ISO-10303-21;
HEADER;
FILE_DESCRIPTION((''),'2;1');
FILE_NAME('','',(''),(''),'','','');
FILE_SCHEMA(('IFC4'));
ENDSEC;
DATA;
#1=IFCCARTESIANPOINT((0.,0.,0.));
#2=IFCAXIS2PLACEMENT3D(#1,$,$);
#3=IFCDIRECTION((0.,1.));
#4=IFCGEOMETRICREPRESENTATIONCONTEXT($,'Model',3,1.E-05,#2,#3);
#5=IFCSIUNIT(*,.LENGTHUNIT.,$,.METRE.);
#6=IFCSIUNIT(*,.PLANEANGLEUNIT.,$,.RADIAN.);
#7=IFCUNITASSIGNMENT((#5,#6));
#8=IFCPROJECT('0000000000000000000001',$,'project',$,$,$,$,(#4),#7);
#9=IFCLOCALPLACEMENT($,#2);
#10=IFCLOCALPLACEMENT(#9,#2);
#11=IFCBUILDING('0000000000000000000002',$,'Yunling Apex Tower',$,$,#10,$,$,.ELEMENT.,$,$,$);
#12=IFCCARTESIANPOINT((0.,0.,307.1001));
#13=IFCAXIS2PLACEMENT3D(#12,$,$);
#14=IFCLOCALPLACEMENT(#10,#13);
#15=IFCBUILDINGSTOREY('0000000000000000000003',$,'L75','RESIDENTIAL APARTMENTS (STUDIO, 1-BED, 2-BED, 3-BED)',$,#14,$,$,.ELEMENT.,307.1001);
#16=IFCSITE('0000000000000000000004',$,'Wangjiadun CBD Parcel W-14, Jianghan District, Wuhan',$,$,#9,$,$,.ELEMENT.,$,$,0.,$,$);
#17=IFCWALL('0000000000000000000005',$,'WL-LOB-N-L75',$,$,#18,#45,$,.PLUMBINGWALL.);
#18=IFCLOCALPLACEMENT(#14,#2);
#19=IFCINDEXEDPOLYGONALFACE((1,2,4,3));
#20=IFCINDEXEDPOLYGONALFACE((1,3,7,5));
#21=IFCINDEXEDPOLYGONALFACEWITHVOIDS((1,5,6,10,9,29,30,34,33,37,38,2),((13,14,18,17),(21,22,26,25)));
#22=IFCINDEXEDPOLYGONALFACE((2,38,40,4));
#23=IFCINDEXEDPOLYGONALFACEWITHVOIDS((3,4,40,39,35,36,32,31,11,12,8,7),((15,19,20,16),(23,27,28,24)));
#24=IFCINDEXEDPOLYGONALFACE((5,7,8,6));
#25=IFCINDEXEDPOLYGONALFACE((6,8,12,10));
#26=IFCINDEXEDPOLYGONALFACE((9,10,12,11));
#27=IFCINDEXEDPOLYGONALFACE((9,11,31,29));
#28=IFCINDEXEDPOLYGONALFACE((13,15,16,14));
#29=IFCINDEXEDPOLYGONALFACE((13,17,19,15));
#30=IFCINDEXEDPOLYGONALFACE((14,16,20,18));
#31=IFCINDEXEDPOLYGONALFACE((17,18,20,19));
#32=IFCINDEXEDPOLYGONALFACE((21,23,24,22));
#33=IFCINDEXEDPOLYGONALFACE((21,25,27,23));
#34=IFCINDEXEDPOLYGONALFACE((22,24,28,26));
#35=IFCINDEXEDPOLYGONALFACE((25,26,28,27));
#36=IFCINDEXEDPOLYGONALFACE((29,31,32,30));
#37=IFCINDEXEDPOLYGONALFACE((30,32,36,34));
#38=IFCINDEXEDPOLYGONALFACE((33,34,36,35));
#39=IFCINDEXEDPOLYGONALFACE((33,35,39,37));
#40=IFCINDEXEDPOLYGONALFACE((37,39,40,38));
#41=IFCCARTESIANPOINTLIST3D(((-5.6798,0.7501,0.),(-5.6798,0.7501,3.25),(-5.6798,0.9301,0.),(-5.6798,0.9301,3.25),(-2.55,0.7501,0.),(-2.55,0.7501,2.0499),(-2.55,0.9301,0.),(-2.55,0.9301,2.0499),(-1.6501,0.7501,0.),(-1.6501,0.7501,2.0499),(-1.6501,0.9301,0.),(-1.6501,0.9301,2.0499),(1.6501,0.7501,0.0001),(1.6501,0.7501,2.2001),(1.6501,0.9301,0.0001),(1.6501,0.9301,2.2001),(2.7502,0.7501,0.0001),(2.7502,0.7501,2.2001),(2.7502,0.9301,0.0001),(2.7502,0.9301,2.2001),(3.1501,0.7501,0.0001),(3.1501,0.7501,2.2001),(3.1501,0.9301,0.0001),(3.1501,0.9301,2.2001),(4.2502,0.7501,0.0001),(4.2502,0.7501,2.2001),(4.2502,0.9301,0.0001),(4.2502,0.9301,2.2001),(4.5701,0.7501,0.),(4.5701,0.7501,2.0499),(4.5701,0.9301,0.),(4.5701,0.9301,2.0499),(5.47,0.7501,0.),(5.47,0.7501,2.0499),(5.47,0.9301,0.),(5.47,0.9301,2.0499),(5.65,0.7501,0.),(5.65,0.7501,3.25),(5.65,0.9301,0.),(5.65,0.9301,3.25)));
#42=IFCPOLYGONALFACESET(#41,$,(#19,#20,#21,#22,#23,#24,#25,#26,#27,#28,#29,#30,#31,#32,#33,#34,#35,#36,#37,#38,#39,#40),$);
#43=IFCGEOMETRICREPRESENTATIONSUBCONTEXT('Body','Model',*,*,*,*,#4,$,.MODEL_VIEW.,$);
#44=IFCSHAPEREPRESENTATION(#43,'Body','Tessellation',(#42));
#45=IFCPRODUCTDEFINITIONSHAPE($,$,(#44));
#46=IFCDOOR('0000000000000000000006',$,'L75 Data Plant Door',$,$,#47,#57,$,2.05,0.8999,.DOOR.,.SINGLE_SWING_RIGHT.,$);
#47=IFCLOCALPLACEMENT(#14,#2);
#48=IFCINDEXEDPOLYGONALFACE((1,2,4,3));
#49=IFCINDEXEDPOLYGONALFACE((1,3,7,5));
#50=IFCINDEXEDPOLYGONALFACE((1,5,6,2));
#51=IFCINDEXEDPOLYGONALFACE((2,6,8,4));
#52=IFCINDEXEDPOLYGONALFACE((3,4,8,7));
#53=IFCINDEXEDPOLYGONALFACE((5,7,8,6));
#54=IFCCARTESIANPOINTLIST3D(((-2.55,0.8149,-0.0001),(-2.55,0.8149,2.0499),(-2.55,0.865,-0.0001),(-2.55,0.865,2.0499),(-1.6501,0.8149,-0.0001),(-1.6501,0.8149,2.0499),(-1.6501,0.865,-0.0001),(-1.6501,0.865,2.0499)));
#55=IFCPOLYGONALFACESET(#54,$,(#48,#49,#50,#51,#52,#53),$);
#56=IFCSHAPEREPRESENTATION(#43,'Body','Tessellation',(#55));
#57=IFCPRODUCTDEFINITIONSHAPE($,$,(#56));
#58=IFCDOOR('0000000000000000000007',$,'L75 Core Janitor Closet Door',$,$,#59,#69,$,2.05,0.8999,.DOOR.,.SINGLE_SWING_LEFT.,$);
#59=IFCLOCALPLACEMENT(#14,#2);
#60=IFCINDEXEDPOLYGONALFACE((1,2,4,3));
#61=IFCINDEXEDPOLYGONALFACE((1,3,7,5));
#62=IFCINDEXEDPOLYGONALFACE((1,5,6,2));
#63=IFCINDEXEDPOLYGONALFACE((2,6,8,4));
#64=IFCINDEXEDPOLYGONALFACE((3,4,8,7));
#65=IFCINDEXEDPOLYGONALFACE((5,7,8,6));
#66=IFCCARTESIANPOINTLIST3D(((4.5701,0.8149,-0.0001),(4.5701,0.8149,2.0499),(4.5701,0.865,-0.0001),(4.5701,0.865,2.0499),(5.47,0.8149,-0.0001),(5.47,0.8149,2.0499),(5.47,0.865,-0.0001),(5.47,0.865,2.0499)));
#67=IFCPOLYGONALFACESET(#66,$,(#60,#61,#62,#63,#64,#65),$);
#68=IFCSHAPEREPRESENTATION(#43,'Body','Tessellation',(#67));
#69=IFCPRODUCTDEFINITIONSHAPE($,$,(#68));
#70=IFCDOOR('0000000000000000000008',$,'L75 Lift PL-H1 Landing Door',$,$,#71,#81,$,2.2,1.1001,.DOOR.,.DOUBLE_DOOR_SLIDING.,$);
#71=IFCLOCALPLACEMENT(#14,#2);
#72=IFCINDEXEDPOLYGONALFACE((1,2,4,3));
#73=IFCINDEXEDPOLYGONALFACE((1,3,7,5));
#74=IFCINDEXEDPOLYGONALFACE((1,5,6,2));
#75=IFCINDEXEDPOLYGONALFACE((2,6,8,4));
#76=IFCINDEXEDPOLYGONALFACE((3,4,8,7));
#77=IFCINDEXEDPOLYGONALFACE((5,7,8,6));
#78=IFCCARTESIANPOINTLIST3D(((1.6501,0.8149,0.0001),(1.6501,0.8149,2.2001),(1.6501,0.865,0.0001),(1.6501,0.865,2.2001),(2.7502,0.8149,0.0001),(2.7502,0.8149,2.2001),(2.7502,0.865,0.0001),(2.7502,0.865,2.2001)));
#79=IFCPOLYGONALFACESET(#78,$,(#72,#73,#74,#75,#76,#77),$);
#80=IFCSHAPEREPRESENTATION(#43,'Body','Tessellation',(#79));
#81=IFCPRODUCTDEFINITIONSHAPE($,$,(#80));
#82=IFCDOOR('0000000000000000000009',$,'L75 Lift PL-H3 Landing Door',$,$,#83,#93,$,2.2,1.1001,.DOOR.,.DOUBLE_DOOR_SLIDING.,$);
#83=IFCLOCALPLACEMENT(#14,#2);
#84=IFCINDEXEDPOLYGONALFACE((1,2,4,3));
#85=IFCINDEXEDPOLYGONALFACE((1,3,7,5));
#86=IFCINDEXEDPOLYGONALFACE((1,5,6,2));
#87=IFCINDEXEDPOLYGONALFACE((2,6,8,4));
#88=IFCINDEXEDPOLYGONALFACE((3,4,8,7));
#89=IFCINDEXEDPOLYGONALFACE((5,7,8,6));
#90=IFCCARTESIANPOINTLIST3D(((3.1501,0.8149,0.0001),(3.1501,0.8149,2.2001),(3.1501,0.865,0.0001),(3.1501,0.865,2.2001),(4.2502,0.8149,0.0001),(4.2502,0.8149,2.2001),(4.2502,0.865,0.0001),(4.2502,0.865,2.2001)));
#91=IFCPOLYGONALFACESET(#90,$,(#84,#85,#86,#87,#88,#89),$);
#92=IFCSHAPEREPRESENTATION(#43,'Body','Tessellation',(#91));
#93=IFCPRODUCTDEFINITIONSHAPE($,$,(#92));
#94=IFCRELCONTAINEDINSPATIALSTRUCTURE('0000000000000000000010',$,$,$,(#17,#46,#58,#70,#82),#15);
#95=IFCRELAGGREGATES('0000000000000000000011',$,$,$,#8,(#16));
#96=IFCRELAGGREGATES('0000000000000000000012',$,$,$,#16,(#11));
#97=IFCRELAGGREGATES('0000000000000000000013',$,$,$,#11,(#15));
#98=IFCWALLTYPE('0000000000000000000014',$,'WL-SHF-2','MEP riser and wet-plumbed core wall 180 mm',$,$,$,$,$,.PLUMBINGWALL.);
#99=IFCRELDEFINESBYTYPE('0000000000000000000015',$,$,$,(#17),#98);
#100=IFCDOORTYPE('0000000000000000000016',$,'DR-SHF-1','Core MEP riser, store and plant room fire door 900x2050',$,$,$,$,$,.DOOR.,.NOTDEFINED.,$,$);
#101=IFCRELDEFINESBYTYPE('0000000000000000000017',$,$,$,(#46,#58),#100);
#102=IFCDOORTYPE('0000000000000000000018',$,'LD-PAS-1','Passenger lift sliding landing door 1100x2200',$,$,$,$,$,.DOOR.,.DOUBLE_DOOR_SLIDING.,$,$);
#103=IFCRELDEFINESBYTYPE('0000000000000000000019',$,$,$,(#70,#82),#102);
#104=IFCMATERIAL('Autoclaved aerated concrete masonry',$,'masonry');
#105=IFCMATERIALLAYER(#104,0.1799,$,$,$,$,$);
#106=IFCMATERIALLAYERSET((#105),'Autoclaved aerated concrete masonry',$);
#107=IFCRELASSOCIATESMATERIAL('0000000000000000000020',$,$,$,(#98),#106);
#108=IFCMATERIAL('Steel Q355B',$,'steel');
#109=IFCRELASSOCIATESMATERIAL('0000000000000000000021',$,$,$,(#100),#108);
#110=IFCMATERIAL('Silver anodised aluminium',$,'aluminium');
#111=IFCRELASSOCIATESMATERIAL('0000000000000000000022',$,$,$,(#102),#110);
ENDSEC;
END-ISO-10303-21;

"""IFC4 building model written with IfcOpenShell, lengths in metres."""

from ifc_helpers import new_model, si_unit, direction, frame, frame_2d, origin, place, context, subcontext, project, spatial, rectangle, extrude, material, layer, layer_set, type_object, element, fill, save


model = new_model("IFC4")

# Units and contexts
model_context = context("Model", 3, precision=1e-05, world=origin(), true_north=direction((0.0, 1.0)))
body_context = subcontext(model_context, "Body", "Model", "MODEL_VIEW")
ifc_project = project(units=[si_unit("LENGTHUNIT", "METRE"), si_unit("PLANEANGLEUNIT", "RADIAN")], contexts=[model_context])

# Site, building, storey
site_placement = place(None, origin())
site = spatial("IfcSite", under=ifc_project, at=site_placement, Name="Wangjiadun CBD Parcel W-14, Jianghan District, Wuhan", CompositionType="ELEMENT", RefElevation=0.0)
building_placement = place(site_placement, origin())
building = spatial("IfcBuilding", under=site, at=building_placement, Name="Yunling Apex Tower", CompositionType="ELEMENT")
storey_placement = place(building_placement, frame((0.0, 0.0, 307.1001)))
storey = spatial("IfcBuildingStorey", under=building, at=storey_placement, Name="L75", Description="RESIDENTIAL APARTMENTS (STUDIO, 1-BED, 2-BED, 3-BED)", CompositionType="ELEMENT", Elevation=307.1001)

# Shared definitions
ifc_material_1 = material(Name="Steel Q355B", Category="steel")

# Wall, openings, doors
ifc_material_2 = material(Name="Autoclaved aerated concrete masonry", Category="masonry")
ifc_layer_1 = layer(ifc_material_2, 0.1799)
ifc_layer_set_1 = layer_set([ifc_layer_1], Name="Autoclaved aerated concrete masonry")
wall_type_1 = type_object("IfcWallType", Name="WL-SHF-2", Description="MEP riser and wet-plumbed core wall 180 mm", PredefinedType="PLUMBINGWALL", material=ifc_layer_set_1)
wall_1_placement = place(storey_placement, frame((-5.6799, 0.8401, 0.0), z_axis=(0.0, 0.0, 1.0), x_axis=(1.0, 0.0, 0.0)))
wall_1 = element("IfcWall", 1, at=wall_1_placement, inside=storey, type_object=wall_type_1, Name="WL-LOB-N-L75", PredefinedType="PLUMBINGWALL", context=body_context, shape_type="SweptSolid", body=[
    extrude(rectangle(XDim=11.3298, YDim=0.1799, at=frame_2d((5.665, 0.0))), origin(), (0.0, 0.0, 1.0), 3.25),
])
opening_1_placement = place(wall_1_placement, frame((3.1299, 0.0, 0.0)))
opening_1 = element("IfcOpeningElement", 2, at=opening_1_placement, cuts=wall_1, PredefinedType="OPENING", context=body_context, shape_type="SweptSolid", body=[
    extrude(rectangle(XDim=0.8999, YDim=2.05, at=frame_2d((0.45, 1.0249))), frame((0.0, 0.1001, 0.0), z_axis=(0.0, -1.0, 0.0), x_axis=(1.0, 0.0, 0.0)), (0.0, 0.0, 1.0), 0.2),
])
opening_2_placement = place(wall_1_placement, frame((7.3301, 0.0, 0.0)))
opening_2 = element("IfcOpeningElement", 3, at=opening_2_placement, cuts=wall_1, PredefinedType="OPENING", context=body_context, shape_type="SweptSolid", body=[
    extrude(rectangle(XDim=1.1001, YDim=2.2, at=frame_2d((0.55, 1.1001))), frame((0.0, 0.1001, 0.0), z_axis=(0.0, -1.0, 0.0), x_axis=(1.0, 0.0, 0.0)), (0.0, 0.0, 1.0), 0.2),
])
opening_3_placement = place(wall_1_placement, frame((8.8301, 0.0, 0.0)))
opening_3 = element("IfcOpeningElement", 4, at=opening_3_placement, cuts=wall_1, PredefinedType="OPENING", context=body_context, shape_type="SweptSolid", body=[
    extrude(rectangle(XDim=1.1001, YDim=2.2, at=frame_2d((0.55, 1.1001))), frame((0.0, 0.1001, 0.0), z_axis=(0.0, -1.0, 0.0), x_axis=(1.0, 0.0, 0.0)), (0.0, 0.0, 1.0), 0.2),
])
opening_4_placement = place(wall_1_placement, frame((10.25, 0.0, 0.0)))
opening_4 = element("IfcOpeningElement", 5, at=opening_4_placement, cuts=wall_1, PredefinedType="OPENING", context=body_context, shape_type="SweptSolid", body=[
    extrude(rectangle(XDim=0.8999, YDim=2.05, at=frame_2d((0.45, 1.0249))), frame((0.0, 0.1001, 0.0), z_axis=(0.0, -1.0, 0.0), x_axis=(1.0, 0.0, 0.0)), (0.0, 0.0, 1.0), 0.2),
])
door_type_1 = type_object("IfcDoorType", Name="DR-SHF-1", Description="Core MEP riser, store and plant room fire door 900x2050", OperationType="NOTDEFINED", PredefinedType="DOOR", material=ifc_material_1)
door_1_placement = place(opening_1_placement, origin())
door_1 = element("IfcDoor", 6, at=door_1_placement, inside=storey, type_object=door_type_1, Name="L75 Data Plant Door", OperationType="SINGLE_SWING_RIGHT", OverallHeight=2.05, OverallWidth=0.8999, PredefinedType="DOOR", context=body_context, shape_type="SweptSolid", body=[
    extrude(rectangle(XDim=0.8999, YDim=2.05, at=frame_2d((0.45, 1.0249))), frame((0.0, 0.0249, 0.0), z_axis=(0.0, -1.0, 0.0), x_axis=(1.0, 0.0, 0.0)), (0.0, 0.0, 1.0), 0.05),
])
fill(opening_1, door_1)
door_2_placement = place(opening_4_placement, origin())
door_2 = element("IfcDoor", 7, at=door_2_placement, inside=storey, type_object=door_type_1, Name="L75 Core Janitor Closet Door", OperationType="SINGLE_SWING_LEFT", OverallHeight=2.05, OverallWidth=0.8999, PredefinedType="DOOR", context=body_context, shape_type="SweptSolid", body=[
    extrude(rectangle(XDim=0.8999, YDim=2.05, at=frame_2d((0.45, 1.0249))), frame((0.0, 0.0249, 0.0), z_axis=(0.0, -1.0, 0.0), x_axis=(1.0, 0.0, 0.0)), (0.0, 0.0, 1.0), 0.05),
])
fill(opening_4, door_2)
ifc_material_3 = material(Name="Silver anodised aluminium", Category="aluminium")
door_type_2 = type_object("IfcDoorType", Name="LD-PAS-1", Description="Passenger lift sliding landing door 1100x2200", OperationType="DOUBLE_DOOR_SLIDING", PredefinedType="DOOR", material=ifc_material_3)
door_3_placement = place(opening_2_placement, origin())
door_3 = element("IfcDoor", 8, at=door_3_placement, inside=storey, type_object=door_type_2, Name="L75 Lift PL-H1 Landing Door", OperationType="DOUBLE_DOOR_SLIDING", OverallHeight=2.2, OverallWidth=1.1001, PredefinedType="DOOR", context=body_context, shape_type="SweptSolid", body=[
    extrude(rectangle(XDim=1.1001, YDim=2.2, at=frame_2d((0.55, 1.1001))), frame((0.0, 0.0249, 0.0), z_axis=(0.0, -1.0, 0.0), x_axis=(1.0, 0.0, 0.0)), (0.0, 0.0, 1.0), 0.05),
])
fill(opening_2, door_3)
door_4_placement = place(opening_3_placement, origin())
door_4 = element("IfcDoor", 9, at=door_4_placement, inside=storey, type_object=door_type_2, Name="L75 Lift PL-H3 Landing Door", OperationType="DOUBLE_DOOR_SLIDING", OverallHeight=2.2, OverallWidth=1.1001, PredefinedType="DOOR", context=body_context, shape_type="SweptSolid", body=[
    extrude(rectangle(XDim=1.1001, YDim=2.2, at=frame_2d((0.55, 1.1001))), frame((0.0, 0.0249, 0.0), z_axis=(0.0, -1.0, 0.0), x_axis=(1.0, 0.0, 0.0)), (0.0, 0.0, 1.0), 0.05),
])
fill(opening_3, door_4)

save(model, "model.ifc")
